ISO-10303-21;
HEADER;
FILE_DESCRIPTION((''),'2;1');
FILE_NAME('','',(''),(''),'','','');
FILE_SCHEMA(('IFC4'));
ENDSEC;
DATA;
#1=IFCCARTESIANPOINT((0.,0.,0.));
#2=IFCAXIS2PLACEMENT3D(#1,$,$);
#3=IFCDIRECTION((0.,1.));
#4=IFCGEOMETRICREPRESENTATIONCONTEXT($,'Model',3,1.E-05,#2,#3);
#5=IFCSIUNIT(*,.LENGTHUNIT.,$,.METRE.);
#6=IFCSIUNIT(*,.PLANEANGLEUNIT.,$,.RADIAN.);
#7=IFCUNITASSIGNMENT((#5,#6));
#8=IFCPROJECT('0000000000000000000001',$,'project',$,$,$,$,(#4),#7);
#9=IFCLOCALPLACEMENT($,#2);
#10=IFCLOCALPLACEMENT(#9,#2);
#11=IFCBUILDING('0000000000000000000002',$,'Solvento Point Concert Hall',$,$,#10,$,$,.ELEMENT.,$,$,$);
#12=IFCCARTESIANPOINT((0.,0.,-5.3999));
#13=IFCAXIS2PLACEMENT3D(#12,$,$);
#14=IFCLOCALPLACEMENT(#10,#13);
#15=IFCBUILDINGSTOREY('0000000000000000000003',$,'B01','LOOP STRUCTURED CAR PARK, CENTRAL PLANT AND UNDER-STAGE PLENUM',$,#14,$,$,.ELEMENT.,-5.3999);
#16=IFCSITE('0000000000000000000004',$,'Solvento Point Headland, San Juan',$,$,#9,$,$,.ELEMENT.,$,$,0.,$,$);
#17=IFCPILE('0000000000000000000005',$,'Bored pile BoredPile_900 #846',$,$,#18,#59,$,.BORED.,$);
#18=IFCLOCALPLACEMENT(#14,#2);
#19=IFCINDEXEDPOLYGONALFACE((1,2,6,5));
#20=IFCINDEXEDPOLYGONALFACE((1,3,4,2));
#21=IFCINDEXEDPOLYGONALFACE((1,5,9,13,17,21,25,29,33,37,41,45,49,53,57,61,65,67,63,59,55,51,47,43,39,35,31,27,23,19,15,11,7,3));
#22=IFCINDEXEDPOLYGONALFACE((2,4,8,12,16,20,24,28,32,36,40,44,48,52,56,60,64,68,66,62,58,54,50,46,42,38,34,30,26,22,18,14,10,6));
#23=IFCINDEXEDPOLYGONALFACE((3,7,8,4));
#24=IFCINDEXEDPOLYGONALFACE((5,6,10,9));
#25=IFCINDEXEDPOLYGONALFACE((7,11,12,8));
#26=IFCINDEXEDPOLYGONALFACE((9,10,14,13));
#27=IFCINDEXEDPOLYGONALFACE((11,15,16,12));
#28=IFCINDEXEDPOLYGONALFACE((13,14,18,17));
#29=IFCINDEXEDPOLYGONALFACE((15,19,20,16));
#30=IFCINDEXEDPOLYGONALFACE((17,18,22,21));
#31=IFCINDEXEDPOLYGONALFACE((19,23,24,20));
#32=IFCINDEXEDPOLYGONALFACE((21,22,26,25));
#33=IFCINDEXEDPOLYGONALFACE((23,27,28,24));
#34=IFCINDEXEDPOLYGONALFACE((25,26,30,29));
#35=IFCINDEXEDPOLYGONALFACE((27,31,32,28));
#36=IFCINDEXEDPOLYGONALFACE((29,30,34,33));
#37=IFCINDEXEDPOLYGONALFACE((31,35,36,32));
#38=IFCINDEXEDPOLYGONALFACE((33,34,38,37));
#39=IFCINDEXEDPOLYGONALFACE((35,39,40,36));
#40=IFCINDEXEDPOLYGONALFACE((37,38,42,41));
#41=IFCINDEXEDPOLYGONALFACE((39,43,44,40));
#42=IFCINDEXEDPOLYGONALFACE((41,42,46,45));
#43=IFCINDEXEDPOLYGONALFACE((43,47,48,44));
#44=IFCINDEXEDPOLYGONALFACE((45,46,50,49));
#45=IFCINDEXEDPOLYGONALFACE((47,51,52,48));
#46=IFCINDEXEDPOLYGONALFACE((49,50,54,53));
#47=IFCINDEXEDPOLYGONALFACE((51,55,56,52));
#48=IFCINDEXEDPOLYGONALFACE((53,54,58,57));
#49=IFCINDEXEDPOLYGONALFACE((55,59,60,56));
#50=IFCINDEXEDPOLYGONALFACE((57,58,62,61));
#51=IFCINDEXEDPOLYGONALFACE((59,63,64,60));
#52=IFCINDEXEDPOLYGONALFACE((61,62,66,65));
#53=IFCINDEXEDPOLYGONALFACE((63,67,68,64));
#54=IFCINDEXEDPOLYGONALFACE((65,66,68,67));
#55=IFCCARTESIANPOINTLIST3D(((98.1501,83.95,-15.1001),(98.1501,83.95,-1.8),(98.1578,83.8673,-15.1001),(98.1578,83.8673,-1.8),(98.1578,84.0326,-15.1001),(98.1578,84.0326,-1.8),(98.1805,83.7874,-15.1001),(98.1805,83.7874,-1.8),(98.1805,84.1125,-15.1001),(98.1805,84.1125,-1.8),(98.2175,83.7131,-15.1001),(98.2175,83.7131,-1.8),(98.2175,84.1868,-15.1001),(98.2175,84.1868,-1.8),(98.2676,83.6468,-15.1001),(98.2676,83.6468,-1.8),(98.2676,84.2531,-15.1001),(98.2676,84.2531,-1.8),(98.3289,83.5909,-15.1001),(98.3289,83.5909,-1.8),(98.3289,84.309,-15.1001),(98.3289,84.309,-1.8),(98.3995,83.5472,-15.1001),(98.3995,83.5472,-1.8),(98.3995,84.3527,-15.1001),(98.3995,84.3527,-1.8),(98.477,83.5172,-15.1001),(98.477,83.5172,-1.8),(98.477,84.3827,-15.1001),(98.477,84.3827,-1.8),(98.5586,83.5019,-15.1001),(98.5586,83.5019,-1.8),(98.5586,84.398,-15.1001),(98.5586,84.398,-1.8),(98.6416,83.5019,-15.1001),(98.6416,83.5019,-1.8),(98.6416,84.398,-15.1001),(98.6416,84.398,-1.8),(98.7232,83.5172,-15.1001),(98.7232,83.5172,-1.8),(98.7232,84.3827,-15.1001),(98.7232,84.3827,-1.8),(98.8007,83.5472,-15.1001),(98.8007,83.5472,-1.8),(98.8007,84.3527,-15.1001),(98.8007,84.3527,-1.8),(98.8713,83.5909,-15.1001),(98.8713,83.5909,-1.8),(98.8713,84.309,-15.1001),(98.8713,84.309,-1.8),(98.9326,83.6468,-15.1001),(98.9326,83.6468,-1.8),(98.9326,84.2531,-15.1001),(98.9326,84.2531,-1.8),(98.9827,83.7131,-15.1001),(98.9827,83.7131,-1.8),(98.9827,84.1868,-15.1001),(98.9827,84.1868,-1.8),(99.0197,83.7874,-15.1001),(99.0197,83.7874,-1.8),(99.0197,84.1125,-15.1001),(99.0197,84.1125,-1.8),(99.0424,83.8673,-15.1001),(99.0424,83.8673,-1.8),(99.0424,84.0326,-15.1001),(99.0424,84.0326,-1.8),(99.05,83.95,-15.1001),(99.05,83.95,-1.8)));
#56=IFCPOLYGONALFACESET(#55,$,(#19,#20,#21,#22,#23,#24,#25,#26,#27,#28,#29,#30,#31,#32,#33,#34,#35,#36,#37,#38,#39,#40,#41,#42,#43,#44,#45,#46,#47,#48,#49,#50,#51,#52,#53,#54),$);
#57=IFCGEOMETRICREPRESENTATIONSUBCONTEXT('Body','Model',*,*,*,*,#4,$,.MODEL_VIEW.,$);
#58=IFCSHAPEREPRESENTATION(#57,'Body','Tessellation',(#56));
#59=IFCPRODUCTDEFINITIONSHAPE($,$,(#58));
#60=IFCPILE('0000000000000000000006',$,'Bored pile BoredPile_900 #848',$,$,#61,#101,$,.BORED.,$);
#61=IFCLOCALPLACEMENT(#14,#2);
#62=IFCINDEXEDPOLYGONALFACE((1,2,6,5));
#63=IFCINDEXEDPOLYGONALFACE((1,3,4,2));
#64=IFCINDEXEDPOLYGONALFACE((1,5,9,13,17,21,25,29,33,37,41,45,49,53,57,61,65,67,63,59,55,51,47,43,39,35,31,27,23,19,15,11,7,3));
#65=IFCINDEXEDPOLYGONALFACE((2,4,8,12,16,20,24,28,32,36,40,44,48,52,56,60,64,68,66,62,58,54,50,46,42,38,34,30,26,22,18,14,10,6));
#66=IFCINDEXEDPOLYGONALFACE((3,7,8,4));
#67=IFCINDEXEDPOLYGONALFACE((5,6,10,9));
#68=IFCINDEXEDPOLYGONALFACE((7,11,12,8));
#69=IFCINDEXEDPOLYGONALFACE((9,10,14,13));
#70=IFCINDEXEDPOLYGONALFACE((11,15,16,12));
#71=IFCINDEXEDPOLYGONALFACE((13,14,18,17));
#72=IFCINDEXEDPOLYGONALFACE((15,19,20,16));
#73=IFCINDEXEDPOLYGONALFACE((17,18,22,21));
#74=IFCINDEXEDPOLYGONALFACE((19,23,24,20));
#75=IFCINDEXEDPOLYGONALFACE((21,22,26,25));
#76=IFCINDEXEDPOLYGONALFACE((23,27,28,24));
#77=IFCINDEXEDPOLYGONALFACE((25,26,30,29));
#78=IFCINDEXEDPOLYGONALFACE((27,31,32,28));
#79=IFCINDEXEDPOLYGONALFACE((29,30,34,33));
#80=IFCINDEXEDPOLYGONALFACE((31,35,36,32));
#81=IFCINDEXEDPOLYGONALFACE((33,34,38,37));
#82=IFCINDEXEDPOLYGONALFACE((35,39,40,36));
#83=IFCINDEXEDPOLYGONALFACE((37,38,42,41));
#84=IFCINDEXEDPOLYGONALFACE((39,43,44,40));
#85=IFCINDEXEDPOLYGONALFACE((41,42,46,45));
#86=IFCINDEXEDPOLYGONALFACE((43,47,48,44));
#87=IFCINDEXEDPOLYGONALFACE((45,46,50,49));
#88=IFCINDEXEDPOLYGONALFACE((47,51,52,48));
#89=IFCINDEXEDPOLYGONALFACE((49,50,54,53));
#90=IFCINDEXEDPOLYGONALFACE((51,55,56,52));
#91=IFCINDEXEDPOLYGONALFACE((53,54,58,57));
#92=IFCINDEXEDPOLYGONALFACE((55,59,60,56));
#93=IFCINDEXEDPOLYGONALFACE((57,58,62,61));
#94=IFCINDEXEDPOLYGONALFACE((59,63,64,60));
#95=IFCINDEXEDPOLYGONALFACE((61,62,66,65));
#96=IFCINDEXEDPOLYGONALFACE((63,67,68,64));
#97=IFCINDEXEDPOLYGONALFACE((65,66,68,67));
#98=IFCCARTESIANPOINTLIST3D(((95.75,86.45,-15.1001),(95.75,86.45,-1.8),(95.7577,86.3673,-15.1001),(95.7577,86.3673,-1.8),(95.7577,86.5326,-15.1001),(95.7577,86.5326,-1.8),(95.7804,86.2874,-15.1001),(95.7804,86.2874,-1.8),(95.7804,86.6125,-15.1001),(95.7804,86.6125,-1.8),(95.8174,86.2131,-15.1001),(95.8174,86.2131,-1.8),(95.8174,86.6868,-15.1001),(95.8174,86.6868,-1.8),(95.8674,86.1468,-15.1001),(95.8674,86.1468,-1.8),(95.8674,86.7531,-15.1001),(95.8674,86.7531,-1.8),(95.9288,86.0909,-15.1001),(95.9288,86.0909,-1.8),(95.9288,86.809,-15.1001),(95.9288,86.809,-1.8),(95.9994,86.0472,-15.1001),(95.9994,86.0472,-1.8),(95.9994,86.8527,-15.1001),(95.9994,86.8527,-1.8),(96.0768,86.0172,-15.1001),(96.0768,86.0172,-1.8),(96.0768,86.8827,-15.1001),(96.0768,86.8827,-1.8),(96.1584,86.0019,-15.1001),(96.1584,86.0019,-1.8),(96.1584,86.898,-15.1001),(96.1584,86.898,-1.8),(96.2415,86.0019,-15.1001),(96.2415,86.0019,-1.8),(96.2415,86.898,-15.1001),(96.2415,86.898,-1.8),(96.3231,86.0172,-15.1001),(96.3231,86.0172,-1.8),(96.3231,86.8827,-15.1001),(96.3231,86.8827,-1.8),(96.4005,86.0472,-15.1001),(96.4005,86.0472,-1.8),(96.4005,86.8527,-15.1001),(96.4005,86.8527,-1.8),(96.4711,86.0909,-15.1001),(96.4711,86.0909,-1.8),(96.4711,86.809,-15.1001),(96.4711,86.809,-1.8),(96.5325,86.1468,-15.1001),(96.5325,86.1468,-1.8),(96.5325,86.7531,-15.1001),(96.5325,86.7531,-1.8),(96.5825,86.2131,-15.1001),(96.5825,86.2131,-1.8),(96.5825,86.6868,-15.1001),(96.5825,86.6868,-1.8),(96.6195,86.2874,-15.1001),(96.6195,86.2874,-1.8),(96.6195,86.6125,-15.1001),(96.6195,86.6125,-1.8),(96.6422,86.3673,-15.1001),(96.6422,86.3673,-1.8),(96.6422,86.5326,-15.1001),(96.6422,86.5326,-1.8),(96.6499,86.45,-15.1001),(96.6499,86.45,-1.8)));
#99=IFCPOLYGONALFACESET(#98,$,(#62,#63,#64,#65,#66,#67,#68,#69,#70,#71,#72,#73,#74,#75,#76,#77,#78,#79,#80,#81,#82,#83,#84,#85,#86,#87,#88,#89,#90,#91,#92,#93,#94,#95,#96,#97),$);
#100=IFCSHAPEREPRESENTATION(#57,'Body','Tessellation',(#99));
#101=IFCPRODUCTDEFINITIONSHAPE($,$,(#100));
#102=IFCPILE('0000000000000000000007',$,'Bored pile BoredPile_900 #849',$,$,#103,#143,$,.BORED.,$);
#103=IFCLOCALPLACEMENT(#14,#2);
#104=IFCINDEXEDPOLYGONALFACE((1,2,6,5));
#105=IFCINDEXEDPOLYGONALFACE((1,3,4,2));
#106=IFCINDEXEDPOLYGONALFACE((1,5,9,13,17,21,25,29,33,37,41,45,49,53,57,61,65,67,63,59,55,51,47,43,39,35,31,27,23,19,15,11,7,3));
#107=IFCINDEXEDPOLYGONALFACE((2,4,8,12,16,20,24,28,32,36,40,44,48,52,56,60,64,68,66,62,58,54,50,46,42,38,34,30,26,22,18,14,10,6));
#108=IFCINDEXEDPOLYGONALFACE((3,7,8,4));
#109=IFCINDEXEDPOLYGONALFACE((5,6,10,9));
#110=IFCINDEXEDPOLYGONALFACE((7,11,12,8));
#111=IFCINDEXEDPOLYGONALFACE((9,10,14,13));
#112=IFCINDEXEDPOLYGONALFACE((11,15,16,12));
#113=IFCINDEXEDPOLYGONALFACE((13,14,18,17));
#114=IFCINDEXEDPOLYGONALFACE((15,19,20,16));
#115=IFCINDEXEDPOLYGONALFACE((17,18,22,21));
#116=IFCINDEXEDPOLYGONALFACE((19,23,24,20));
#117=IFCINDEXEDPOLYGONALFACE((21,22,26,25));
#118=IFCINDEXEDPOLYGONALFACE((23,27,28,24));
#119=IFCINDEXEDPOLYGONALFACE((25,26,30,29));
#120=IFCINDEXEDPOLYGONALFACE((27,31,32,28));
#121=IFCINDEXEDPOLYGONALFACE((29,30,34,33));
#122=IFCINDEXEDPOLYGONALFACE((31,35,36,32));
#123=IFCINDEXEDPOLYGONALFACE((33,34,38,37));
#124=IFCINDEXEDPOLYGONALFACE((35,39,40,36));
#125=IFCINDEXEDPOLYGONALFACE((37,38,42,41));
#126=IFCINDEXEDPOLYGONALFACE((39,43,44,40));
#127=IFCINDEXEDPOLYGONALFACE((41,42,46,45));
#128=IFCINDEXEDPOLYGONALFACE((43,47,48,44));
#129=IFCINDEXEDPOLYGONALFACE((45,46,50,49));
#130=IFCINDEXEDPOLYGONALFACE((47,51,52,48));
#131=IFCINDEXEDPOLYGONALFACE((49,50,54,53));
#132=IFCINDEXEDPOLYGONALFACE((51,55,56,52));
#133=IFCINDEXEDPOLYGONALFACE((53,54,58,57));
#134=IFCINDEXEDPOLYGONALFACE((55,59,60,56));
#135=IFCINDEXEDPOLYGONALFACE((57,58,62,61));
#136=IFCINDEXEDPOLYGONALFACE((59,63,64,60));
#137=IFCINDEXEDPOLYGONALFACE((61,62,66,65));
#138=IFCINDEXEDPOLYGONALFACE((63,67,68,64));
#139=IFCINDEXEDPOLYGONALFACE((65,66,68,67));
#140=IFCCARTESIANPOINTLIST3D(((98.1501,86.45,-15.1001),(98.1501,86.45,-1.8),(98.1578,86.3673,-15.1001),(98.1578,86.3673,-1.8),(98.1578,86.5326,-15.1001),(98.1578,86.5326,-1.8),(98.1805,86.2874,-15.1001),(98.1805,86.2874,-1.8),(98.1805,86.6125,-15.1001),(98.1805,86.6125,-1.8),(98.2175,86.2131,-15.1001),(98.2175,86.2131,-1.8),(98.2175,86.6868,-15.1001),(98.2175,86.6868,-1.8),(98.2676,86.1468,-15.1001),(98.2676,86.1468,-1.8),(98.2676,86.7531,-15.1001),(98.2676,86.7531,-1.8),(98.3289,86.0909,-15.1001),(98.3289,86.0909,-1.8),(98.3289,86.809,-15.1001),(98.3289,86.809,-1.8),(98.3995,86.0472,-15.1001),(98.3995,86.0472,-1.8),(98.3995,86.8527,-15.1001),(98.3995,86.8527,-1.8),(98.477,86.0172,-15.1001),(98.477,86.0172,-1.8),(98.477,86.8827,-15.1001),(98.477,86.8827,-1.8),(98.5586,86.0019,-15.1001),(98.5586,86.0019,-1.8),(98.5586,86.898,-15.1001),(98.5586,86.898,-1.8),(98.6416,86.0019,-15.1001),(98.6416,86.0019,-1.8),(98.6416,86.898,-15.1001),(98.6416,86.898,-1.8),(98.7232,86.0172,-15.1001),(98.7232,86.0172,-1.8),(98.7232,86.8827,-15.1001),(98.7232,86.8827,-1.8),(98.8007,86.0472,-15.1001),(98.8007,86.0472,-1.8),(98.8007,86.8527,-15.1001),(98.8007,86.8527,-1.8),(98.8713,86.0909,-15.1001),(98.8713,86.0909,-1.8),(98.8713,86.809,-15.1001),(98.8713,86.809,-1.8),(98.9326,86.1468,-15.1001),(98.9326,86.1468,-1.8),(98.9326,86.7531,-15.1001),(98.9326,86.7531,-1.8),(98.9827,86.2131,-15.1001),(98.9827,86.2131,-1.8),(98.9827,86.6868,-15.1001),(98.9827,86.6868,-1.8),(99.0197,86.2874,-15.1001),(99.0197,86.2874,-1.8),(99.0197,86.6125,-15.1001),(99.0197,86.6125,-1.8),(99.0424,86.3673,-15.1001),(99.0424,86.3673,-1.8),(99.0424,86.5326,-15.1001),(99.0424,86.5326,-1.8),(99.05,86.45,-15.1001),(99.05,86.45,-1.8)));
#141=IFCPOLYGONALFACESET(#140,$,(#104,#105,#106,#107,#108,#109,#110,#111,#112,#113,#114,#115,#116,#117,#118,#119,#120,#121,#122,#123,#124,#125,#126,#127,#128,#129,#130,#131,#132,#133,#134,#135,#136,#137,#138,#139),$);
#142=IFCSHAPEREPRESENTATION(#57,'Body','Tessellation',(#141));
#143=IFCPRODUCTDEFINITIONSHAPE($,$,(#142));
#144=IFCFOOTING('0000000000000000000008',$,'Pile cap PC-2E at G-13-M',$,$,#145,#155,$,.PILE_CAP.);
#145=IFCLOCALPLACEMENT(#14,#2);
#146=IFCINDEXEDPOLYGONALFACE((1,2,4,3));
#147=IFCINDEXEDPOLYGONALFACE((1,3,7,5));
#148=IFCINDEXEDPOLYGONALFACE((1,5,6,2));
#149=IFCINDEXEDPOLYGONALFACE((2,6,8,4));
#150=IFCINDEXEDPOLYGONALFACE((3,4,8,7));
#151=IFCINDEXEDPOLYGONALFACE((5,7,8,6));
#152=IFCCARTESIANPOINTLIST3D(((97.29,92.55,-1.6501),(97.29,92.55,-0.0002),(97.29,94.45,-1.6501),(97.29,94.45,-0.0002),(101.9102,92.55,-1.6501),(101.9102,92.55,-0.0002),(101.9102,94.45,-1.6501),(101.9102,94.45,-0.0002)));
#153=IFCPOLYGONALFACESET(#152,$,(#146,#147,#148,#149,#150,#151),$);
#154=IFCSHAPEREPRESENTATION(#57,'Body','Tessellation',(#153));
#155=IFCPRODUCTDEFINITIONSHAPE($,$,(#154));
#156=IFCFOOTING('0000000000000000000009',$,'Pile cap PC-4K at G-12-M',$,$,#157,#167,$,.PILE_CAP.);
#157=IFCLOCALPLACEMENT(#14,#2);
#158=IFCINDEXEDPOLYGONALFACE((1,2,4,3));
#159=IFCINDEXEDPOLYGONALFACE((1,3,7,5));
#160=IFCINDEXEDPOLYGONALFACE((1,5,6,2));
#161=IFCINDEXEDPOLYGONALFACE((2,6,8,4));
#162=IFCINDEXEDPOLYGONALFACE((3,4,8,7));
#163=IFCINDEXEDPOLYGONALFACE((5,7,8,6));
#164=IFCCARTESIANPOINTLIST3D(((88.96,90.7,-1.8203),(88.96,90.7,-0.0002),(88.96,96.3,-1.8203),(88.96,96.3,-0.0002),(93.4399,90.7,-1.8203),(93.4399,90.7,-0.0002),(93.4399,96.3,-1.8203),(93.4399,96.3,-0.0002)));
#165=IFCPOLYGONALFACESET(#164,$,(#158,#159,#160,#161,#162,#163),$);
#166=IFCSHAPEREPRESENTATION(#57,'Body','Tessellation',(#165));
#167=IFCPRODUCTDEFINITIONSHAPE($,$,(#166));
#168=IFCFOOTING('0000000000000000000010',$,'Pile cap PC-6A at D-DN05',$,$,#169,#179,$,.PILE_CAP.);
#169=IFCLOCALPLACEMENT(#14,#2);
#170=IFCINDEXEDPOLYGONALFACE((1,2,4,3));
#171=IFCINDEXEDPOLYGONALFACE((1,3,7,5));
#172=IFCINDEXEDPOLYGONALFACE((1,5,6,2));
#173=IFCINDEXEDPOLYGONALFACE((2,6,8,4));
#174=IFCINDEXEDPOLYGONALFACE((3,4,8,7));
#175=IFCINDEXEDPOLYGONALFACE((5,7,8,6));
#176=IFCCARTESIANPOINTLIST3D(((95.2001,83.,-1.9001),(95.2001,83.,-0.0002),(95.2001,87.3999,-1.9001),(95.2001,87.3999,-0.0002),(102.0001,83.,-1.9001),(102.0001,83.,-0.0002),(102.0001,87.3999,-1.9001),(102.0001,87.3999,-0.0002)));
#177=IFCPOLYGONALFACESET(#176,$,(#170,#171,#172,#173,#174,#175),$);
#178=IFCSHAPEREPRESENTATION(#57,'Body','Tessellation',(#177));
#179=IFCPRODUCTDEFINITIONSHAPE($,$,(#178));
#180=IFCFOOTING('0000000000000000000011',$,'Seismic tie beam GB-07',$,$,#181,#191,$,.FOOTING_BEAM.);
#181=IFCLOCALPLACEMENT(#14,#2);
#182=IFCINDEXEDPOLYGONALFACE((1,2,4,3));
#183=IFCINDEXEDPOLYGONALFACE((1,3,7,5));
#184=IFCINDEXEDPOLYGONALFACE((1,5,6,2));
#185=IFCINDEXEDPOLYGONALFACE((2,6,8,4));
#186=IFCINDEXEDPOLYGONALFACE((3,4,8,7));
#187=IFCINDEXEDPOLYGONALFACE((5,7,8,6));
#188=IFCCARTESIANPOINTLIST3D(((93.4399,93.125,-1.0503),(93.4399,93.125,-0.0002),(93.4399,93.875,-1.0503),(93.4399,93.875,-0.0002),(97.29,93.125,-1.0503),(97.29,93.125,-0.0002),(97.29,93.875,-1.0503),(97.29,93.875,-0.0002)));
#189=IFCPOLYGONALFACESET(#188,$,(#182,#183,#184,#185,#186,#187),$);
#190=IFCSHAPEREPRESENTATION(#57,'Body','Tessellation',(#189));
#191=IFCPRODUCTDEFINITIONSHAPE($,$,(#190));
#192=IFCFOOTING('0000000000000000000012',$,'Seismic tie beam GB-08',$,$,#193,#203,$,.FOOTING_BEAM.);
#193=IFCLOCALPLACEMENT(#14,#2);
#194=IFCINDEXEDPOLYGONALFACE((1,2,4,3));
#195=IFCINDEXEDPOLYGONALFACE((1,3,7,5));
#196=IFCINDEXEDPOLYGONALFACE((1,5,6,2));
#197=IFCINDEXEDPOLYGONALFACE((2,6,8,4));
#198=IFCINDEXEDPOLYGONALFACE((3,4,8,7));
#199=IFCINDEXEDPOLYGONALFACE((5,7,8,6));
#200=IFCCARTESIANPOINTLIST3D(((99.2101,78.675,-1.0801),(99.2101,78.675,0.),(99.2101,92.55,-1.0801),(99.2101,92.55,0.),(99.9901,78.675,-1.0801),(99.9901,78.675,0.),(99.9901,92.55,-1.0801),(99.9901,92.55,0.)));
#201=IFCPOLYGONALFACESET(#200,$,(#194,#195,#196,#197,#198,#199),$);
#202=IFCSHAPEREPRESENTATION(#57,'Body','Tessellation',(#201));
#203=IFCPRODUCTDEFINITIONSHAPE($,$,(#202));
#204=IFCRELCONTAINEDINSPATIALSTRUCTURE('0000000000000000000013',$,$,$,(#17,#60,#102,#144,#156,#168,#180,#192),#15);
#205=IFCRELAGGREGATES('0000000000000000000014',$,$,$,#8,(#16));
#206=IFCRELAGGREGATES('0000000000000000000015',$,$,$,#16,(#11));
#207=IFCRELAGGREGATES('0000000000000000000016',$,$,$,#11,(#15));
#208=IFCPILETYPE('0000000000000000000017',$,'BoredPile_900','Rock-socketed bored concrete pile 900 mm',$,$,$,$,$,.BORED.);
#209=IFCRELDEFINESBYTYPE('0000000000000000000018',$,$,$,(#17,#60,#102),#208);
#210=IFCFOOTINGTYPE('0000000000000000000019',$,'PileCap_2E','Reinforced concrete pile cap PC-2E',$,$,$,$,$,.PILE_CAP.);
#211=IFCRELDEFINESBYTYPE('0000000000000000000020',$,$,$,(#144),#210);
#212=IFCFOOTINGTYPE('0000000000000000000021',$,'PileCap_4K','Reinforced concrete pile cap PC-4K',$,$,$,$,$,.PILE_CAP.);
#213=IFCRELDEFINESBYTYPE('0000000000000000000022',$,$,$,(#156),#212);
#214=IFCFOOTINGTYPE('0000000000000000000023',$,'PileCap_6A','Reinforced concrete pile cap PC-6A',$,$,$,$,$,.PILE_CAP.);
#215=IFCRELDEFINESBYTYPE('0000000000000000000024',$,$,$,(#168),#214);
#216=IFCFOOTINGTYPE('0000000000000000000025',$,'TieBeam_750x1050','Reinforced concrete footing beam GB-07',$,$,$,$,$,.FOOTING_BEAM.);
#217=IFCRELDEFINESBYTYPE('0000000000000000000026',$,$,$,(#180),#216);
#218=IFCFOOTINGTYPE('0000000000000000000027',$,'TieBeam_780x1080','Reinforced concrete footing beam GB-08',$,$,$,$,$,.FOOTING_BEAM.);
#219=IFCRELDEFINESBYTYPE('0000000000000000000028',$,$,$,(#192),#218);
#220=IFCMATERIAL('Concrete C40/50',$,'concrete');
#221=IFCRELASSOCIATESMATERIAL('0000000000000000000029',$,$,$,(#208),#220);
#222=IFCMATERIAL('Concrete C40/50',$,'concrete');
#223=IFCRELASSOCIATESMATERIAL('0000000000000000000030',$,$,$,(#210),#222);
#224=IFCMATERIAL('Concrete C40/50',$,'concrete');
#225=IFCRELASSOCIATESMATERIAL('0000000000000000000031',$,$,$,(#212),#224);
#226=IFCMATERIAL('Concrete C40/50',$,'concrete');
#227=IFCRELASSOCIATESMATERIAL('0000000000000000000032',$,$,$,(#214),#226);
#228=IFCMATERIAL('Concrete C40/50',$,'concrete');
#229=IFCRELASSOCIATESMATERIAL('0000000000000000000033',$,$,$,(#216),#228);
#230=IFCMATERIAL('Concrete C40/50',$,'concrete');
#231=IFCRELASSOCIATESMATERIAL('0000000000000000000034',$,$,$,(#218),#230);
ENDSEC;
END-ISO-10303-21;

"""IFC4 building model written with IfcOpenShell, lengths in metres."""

from ifc_helpers import new_model, si_unit, direction, frame, origin, origin_2d, place, context, subcontext, project, spatial, rectangle, circle, extrude, material, material_profile, profile_set, type_object, element, save


model = new_model("IFC4")

# Units and contexts
model_context = context("Model", 3, precision=1e-05, world=origin(), true_north=direction((0.0, 1.0)))
body_context = subcontext(model_context, "Body", "Model", "MODEL_VIEW")
ifc_project = project(units=[si_unit("LENGTHUNIT", "METRE"), si_unit("PLANEANGLEUNIT", "RADIAN")], contexts=[model_context])

# Site, building, storey
site_placement = place(None, origin())
site = spatial("IfcSite", under=ifc_project, at=site_placement, Name="Solvento Point Headland, San Juan", CompositionType="ELEMENT", RefElevation=0.0)
building_placement = place(site_placement, origin())
building = spatial("IfcBuilding", under=site, at=building_placement, Name="Solvento Point Concert Hall", CompositionType="ELEMENT")
storey_placement = place(building_placement, frame((0.0, 0.0, -5.3999)))
storey = spatial("IfcBuildingStorey", under=building, at=storey_placement, Name="B01", Description="LOOP STRUCTURED CAR PARK, CENTRAL PLANT AND UNDER-STAGE PLENUM", CompositionType="ELEMENT", Elevation=-5.3999)

# Piles
ifc_material_1 = material(Name="Concrete C40/50", Category="concrete")
ifc_material_profile_1 = material_profile(ifc_material_1, circle(Radius=0.45, at=origin_2d()), Name="BP-900")
ifc_profile_set_1 = profile_set([ifc_material_profile_1], Name="Concrete C40/50")
pile_type = type_object("IfcPileType", Name="BoredPile_900", Description="Rock-socketed bored concrete pile 900 mm", PredefinedType="BORED", material=ifc_profile_set_1)
for number, where, z_axis, x_axis, name in (
    (1, (98.6001, 83.95, -1.8), (0.0, 0.0, -1.0), (1.0, 0.0, 0.0), "Bored pile BoredPile_900 #846"),
    (2, (96.2, 86.45, -1.8), (0.0, 0.0, -1.0), (1.0, 0.0, 0.0), "Bored pile BoredPile_900 #848"),
    (3, (98.6001, 86.45, -1.8), (0.0, 0.0, -1.0), (1.0, 0.0, 0.0), "Bored pile BoredPile_900 #849"),
):
    element("IfcPile", number, at=place(storey_placement, frame(where, z_axis=z_axis, x_axis=x_axis)), inside=storey, type_object=pile_type, Name=name, PredefinedType="BORED", context=body_context, shape_type="SweptSolid", body=[
        extrude(circle(Radius=0.45, at=origin_2d()), origin(), (0.0, 0.0, 1.0), 13.3),
    ])

# Footings
ifc_material_2 = material(Name="Concrete C40/50", Category="concrete")
footing_type_1 = type_object("IfcFootingType", Name="PileCap_2E", Description="Reinforced concrete pile cap PC-2E", PredefinedType="PILE_CAP", material=ifc_material_2)
footing_1_placement = place(storey_placement, frame((99.6001, 93.5, -1.6501), z_axis=(0.0, 0.0, 1.0), x_axis=(1.0, 0.0, 0.0)))
element("IfcFooting", 4, at=footing_1_placement, inside=storey, type_object=footing_type_1, Name="Pile cap PC-2E at G-13-M", PredefinedType="PILE_CAP", context=body_context, shape_type="SweptSolid", body=[
    extrude(rectangle(XDim=4.6201, YDim=1.8999, at=origin_2d()), origin(), (0.0, 0.0, 1.0), 1.6499),
])
ifc_material_3 = material(Name="Concrete C40/50", Category="concrete")
footing_type_2 = type_object("IfcFootingType", Name="PileCap_4K", Description="Reinforced concrete pile cap PC-4K", PredefinedType="PILE_CAP", material=ifc_material_3)
footing_2_placement = place(storey_placement, frame((91.2, 93.5, -1.8203), z_axis=(0.0, 0.0, 1.0), x_axis=(1.0, 0.0, 0.0)))
element("IfcFooting", 5, at=footing_2_placement, inside=storey, type_object=footing_type_2, Name="Pile cap PC-4K at G-12-M", PredefinedType="PILE_CAP", context=body_context, shape_type="SweptSolid", body=[
    extrude(rectangle(XDim=4.48, YDim=5.6001, at=origin_2d()), origin(), (0.0, 0.0, 1.0), 1.8201),
])
ifc_material_4 = material(Name="Concrete C40/50", Category="concrete")
footing_type_3 = type_object("IfcFootingType", Name="PileCap_6A", Description="Reinforced concrete pile cap PC-6A", PredefinedType="PILE_CAP", material=ifc_material_4)
footing_3_placement = place(storey_placement, frame((98.6001, 85.2, -1.9001), z_axis=(0.0, 0.0, 1.0), x_axis=(1.0, 0.0, 0.0)))
element("IfcFooting", 6, at=footing_3_placement, inside=storey, type_object=footing_type_3, Name="Pile cap PC-6A at D-DN05", PredefinedType="PILE_CAP", context=body_context, shape_type="SweptSolid", body=[
    extrude(rectangle(XDim=6.8, YDim=4.3999, at=origin_2d()), origin(), (0.0, 0.0, 1.0), 1.8999),
])
ifc_material_5 = material(Name="Concrete C40/50", Category="concrete")
footing_type_4 = type_object("IfcFootingType", Name="TieBeam_750x1050", Description="Reinforced concrete footing beam GB-07", PredefinedType="FOOTING_BEAM", material=ifc_material_5)
footing_4_placement = place(storey_placement, frame((95.365, 93.5, -1.0503), z_axis=(0.0, 0.0, 1.0), x_axis=(1.0, 0.0, 0.0)))
element("IfcFooting", 7, at=footing_4_placement, inside=storey, type_object=footing_type_4, Name="Seismic tie beam GB-07", PredefinedType="FOOTING_BEAM", context=body_context, shape_type="SweptSolid", body=[
    extrude(rectangle(XDim=3.8501, YDim=0.75, at=origin_2d()), origin(), (0.0, 0.0, 1.0), 1.05),
])
ifc_material_6 = material(Name="Concrete C40/50", Category="concrete")
footing_type_5 = type_object("IfcFootingType", Name="TieBeam_780x1080", Description="Reinforced concrete footing beam GB-08", PredefinedType="FOOTING_BEAM", material=ifc_material_6)
footing_5_placement = place(storey_placement, frame((99.6001, 85.6125, -1.0801), z_axis=(0.0, 0.0, 1.0), x_axis=(0.0, 1.0, 0.0)))
element("IfcFooting", 8, at=footing_5_placement, inside=storey, type_object=footing_type_5, Name="Seismic tie beam GB-08", PredefinedType="FOOTING_BEAM", context=body_context, shape_type="SweptSolid", body=[
    extrude(rectangle(XDim=13.875, YDim=0.78, at=origin_2d()), origin(), (0.0, 0.0, 1.0), 1.0801),
])

save(model, "model.ifc")
